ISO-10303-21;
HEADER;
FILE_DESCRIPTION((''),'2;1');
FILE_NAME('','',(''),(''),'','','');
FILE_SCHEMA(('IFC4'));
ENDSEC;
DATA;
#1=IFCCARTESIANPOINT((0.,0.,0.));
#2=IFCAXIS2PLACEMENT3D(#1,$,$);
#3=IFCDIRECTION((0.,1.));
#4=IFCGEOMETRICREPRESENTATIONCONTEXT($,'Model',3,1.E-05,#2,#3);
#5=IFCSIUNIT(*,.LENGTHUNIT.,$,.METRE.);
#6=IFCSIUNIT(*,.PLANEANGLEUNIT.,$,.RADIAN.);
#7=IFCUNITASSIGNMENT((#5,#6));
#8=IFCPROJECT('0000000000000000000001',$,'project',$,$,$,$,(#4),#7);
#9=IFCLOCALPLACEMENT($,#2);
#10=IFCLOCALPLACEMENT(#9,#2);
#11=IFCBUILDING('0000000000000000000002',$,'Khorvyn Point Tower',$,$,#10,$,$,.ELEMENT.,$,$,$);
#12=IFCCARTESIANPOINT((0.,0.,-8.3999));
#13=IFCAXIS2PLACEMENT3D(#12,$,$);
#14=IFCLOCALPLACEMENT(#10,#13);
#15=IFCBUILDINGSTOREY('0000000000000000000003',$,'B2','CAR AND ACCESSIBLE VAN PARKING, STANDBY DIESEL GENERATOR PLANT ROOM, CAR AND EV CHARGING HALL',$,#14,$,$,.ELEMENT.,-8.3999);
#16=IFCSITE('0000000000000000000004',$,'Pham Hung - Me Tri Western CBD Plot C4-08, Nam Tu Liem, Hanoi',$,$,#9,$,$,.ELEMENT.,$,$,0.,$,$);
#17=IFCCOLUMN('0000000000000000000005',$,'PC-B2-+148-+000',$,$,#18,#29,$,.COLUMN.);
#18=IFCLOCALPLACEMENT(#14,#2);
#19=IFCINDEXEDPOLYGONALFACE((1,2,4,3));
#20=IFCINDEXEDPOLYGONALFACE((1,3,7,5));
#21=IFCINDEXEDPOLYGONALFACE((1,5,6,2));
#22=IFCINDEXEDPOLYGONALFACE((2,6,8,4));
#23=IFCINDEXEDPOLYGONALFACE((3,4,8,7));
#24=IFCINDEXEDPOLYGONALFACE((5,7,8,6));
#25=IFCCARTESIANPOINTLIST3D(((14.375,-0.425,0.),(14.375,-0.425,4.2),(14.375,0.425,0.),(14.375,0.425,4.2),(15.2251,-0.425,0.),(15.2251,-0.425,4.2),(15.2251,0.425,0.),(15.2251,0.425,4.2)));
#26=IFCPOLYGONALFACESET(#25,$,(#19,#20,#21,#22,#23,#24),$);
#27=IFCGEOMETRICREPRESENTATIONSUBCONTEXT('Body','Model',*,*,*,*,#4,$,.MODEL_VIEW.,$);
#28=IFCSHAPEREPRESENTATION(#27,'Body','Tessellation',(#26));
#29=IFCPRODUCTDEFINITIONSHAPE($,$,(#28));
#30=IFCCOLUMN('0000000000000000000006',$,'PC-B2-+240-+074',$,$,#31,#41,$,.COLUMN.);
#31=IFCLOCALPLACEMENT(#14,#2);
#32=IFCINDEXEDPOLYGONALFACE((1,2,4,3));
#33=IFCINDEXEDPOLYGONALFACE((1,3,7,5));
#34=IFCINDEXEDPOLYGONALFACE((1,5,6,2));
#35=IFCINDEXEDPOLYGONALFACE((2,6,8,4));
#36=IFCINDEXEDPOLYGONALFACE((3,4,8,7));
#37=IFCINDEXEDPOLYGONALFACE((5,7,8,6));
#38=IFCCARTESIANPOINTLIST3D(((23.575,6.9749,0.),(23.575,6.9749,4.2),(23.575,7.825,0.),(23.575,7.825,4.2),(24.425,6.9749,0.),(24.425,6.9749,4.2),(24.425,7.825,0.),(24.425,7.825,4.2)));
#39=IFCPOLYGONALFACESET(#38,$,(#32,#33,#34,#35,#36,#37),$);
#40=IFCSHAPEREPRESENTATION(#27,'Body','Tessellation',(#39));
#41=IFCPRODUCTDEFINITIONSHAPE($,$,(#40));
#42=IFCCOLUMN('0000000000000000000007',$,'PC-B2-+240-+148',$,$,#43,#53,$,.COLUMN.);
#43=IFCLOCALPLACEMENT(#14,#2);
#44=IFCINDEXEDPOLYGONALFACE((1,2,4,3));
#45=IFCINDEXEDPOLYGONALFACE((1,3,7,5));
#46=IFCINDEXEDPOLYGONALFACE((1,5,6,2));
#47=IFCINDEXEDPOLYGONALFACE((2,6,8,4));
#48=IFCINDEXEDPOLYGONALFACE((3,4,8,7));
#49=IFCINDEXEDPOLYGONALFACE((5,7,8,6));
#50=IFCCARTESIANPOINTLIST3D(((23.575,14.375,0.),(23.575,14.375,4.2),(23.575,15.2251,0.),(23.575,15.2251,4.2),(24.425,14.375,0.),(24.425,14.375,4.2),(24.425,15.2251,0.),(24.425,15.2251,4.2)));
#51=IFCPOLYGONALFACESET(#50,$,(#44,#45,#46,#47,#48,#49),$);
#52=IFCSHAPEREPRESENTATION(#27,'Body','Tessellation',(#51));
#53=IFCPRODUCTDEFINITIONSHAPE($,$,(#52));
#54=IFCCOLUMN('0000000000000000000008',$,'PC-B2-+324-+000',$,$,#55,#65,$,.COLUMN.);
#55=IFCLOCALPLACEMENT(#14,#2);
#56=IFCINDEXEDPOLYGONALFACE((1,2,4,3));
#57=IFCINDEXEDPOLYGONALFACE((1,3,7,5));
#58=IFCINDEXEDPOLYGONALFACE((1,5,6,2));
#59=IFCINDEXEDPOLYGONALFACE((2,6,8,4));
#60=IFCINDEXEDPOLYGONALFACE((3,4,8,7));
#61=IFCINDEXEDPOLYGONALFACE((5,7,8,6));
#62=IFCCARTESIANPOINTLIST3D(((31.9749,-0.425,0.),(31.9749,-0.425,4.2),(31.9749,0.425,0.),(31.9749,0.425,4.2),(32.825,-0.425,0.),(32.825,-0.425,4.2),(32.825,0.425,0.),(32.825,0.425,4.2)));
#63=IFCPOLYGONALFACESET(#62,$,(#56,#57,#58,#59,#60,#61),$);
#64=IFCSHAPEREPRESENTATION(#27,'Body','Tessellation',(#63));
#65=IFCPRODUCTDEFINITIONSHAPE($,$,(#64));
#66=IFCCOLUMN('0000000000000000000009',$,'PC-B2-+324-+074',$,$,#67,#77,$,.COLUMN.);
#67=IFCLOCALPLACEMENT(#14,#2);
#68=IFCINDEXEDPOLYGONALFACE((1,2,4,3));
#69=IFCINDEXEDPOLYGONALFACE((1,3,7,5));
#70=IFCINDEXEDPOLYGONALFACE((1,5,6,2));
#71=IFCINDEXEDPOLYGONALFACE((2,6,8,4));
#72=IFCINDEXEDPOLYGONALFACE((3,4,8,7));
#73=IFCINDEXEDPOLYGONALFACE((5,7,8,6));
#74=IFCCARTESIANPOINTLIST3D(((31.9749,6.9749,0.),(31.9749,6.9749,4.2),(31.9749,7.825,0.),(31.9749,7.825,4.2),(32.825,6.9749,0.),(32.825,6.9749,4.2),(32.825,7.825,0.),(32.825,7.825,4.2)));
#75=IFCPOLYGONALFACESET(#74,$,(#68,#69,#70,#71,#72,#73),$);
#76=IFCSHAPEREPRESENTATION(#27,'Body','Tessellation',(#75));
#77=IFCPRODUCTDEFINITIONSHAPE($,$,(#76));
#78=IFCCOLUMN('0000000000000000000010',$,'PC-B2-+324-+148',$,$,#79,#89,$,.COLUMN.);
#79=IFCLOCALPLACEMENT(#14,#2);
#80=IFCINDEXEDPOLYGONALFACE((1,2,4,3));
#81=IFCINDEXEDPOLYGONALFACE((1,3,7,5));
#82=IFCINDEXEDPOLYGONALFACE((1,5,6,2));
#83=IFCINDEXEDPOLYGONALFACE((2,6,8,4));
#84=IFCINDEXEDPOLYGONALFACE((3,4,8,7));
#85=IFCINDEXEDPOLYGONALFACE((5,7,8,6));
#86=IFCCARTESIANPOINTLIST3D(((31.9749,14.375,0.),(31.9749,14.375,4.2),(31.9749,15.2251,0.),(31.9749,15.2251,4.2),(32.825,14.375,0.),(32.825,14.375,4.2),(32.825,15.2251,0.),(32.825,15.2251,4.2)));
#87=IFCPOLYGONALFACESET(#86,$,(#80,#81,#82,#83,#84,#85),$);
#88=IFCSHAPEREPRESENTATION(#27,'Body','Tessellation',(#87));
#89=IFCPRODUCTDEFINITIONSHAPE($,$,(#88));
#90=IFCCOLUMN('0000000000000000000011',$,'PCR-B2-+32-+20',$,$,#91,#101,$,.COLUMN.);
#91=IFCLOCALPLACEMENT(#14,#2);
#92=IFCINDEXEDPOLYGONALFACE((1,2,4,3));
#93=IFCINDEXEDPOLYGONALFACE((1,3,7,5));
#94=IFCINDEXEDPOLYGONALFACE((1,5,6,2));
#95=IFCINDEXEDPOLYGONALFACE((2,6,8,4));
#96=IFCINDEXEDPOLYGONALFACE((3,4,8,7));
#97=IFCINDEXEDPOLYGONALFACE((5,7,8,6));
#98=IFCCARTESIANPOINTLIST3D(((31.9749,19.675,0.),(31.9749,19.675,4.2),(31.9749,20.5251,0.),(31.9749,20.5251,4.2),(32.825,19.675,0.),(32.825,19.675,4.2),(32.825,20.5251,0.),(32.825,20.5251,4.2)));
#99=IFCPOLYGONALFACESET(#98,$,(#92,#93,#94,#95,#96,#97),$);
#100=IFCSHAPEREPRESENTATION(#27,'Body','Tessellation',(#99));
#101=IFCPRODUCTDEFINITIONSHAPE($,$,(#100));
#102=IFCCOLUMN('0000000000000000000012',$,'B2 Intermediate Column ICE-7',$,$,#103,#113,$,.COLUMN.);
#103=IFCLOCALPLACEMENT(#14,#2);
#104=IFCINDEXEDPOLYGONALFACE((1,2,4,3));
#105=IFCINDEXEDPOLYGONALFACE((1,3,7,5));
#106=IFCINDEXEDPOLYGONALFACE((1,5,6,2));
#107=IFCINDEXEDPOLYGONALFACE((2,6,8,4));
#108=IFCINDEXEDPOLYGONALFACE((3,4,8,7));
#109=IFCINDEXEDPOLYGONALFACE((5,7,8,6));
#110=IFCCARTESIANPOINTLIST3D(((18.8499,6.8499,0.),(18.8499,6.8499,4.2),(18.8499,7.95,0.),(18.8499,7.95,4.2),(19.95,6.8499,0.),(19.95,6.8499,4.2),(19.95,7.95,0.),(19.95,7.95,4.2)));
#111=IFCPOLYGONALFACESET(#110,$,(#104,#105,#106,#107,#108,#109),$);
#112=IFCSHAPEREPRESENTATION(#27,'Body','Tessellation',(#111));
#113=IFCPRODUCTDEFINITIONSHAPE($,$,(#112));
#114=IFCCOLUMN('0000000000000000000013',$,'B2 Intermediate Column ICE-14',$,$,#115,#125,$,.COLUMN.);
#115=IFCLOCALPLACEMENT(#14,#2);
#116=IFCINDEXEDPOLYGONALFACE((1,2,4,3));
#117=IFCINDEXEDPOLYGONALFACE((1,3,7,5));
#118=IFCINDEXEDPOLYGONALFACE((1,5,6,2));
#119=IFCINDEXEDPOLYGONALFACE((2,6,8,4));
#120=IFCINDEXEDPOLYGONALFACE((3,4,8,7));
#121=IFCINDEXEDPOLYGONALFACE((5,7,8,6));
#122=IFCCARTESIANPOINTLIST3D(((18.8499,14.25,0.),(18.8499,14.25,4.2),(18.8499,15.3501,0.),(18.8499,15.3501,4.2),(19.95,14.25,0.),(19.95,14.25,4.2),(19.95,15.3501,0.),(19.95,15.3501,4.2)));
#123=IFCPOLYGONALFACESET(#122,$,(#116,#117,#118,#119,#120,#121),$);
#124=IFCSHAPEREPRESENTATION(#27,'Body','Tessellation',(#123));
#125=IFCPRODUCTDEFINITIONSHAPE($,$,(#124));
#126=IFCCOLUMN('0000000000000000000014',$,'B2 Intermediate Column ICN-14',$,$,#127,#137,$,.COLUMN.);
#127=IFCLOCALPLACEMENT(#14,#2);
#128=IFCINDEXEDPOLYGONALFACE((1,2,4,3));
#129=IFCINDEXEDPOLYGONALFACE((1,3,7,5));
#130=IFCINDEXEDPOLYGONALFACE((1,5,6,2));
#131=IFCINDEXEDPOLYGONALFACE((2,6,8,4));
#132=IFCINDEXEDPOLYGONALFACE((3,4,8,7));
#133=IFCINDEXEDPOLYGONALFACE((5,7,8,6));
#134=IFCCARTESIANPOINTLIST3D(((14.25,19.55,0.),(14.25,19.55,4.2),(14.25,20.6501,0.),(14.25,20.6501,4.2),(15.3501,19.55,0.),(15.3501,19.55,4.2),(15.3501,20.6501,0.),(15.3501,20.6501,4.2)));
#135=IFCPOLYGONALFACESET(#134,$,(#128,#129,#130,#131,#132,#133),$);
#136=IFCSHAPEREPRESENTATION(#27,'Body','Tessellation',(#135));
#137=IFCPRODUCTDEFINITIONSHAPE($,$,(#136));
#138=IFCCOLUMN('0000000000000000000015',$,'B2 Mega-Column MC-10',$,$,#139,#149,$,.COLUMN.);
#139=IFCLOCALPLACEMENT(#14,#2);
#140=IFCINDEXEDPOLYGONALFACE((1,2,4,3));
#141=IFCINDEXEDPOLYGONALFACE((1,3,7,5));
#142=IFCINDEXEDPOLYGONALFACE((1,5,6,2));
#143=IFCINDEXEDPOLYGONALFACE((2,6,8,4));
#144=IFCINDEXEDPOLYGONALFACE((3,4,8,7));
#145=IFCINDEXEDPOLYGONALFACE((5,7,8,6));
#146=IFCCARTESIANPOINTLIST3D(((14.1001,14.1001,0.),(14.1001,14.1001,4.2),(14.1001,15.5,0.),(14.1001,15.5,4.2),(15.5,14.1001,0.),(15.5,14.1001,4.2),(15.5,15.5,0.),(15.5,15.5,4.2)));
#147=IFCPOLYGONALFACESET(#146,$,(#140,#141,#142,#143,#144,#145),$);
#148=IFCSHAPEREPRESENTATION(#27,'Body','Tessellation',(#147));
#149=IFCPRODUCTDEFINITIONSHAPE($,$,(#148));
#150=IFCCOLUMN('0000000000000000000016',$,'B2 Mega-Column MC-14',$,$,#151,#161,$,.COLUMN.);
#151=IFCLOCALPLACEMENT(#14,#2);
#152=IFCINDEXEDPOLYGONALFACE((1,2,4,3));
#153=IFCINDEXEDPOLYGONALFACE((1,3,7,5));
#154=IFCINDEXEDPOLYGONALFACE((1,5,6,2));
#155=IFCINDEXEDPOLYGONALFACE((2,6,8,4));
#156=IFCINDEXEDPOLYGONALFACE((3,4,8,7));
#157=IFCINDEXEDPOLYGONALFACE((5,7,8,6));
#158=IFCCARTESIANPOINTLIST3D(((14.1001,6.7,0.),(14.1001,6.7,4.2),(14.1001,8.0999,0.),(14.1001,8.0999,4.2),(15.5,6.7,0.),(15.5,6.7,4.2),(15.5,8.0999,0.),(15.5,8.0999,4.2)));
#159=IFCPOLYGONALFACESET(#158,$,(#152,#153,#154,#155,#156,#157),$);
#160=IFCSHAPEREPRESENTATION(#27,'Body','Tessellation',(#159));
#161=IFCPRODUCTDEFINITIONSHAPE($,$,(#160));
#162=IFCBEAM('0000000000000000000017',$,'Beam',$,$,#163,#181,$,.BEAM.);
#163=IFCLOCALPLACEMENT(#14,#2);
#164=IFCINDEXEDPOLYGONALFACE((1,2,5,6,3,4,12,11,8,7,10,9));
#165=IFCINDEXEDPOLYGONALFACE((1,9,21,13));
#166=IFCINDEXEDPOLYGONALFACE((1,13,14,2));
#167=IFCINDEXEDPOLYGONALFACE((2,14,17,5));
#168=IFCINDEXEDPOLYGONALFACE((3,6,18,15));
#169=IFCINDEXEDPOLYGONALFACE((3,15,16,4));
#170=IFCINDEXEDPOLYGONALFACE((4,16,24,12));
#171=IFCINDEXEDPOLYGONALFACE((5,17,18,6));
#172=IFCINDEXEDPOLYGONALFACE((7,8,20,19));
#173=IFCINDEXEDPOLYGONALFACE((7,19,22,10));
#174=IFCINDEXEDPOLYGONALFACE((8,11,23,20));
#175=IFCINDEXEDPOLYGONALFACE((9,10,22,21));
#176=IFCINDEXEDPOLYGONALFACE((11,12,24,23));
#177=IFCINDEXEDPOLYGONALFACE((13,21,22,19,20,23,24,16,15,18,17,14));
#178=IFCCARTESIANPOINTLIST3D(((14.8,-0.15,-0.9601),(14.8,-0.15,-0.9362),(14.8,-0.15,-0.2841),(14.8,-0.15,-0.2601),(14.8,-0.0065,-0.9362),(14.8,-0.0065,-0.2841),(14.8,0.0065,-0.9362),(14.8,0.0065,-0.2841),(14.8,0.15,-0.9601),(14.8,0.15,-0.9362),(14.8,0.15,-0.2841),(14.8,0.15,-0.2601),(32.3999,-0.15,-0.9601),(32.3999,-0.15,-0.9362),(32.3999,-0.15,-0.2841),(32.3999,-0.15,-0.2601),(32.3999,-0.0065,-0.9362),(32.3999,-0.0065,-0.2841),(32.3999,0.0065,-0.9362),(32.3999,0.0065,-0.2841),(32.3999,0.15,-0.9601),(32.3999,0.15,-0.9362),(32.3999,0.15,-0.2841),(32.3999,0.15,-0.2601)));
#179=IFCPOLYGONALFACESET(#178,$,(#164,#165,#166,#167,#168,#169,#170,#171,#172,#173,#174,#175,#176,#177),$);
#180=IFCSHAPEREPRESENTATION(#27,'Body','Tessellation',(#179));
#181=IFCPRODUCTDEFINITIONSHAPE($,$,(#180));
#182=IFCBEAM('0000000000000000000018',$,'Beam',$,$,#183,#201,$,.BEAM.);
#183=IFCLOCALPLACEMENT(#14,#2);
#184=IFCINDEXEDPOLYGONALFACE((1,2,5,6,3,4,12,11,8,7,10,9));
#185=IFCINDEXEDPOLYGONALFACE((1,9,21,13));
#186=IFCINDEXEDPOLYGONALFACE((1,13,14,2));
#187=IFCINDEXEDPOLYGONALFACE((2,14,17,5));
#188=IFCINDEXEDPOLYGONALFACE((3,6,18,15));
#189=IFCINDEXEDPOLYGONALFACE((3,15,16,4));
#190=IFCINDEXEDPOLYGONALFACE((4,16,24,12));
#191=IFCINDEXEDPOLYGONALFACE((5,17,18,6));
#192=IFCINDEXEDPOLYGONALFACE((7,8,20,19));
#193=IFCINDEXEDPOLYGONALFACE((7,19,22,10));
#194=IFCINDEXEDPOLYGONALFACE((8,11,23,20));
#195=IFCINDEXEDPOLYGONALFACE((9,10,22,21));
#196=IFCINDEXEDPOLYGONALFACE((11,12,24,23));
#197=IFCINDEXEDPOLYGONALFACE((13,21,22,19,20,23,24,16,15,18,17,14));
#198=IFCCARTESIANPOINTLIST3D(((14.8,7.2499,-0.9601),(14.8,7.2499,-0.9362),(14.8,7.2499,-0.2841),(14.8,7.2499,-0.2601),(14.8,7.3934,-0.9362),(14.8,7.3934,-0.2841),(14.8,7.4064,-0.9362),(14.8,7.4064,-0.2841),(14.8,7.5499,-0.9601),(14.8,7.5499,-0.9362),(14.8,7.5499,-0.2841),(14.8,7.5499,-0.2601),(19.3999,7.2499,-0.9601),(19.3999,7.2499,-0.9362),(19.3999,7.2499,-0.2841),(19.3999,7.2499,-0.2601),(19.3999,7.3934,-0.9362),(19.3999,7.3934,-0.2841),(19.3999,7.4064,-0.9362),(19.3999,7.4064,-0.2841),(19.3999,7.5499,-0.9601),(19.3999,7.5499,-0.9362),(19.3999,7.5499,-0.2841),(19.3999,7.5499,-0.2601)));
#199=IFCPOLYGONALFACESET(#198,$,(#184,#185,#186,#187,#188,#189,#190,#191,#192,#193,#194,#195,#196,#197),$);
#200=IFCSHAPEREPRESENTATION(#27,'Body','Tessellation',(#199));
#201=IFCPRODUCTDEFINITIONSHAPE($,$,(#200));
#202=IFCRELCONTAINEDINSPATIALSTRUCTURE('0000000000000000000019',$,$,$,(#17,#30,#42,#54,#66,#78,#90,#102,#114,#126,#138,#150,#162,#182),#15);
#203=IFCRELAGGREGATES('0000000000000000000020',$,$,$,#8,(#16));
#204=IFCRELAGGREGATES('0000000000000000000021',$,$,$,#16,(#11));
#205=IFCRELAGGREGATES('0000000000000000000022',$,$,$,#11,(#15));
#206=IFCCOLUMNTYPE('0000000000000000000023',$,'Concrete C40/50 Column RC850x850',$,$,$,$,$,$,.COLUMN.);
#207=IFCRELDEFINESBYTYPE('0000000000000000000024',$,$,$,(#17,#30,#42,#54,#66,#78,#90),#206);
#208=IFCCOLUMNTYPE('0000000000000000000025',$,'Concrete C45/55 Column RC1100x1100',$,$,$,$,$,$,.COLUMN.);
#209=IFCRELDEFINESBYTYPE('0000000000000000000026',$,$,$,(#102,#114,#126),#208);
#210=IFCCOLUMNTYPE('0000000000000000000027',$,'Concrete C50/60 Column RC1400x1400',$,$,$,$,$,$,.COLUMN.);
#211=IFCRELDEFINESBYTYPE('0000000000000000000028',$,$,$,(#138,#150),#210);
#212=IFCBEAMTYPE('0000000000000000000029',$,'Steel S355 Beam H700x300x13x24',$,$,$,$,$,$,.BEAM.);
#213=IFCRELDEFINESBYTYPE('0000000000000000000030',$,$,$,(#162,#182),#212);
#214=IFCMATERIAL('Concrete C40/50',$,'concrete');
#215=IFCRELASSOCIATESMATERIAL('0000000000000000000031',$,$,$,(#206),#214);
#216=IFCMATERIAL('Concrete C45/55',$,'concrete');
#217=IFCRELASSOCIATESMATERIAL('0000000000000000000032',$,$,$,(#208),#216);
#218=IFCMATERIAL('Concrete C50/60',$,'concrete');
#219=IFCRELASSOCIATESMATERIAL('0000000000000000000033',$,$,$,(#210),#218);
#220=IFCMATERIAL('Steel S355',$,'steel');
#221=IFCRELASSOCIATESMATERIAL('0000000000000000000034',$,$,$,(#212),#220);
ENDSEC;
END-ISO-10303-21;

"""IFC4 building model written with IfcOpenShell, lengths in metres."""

from ifc_helpers import new_model, si_unit, direction, frame, origin, origin_2d, place, context, subcontext, project, spatial, rectangle, i_section, extrude, material, material_profile, profile_set, type_object, element, save


model = new_model("IFC4")

# Units and contexts
model_context = context("Model", 3, precision=1e-05, world=origin(), true_north=direction((0.0, 1.0)))
body_context = subcontext(model_context, "Body", "Model", "MODEL_VIEW")
ifc_project = project(units=[si_unit("LENGTHUNIT", "METRE"), si_unit("PLANEANGLEUNIT", "RADIAN")], contexts=[model_context])

# Site, building, storey
site_placement = place(None, origin())
site = spatial("IfcSite", under=ifc_project, at=site_placement, Name="Pham Hung - Me Tri Western CBD Plot C4-08, Nam Tu Liem, Hanoi", CompositionType="ELEMENT", RefElevation=0.0)
building_placement = place(site_placement, origin())
building = spatial("IfcBuilding", under=site, at=building_placement, Name="Khorvyn Point Tower", CompositionType="ELEMENT")
storey_placement = place(building_placement, frame((0.0, 0.0, -8.3999)))
storey = spatial("IfcBuildingStorey", under=building, at=storey_placement, Name="B2", Description="CAR AND ACCESSIBLE VAN PARKING, STANDBY DIESEL GENERATOR PLANT ROOM, CAR AND EV CHARGING HALL", CompositionType="ELEMENT", Elevation=-8.3999)

# Columns
ifc_material_1 = material(Name="Concrete C40/50", Category="concrete")
ifc_material_profile_1 = material_profile(ifc_material_1, rectangle(XDim=0.8501, YDim=0.8501, at=origin_2d()))
ifc_profile_set_1 = profile_set([ifc_material_profile_1], Name="Concrete C40/50 RC850x850")
column_type_1 = type_object("IfcColumnType", Name="Concrete C40/50 Column RC850x850", PredefinedType="COLUMN", material=ifc_profile_set_1)
for number, where, z_axis, x_axis, name in (
    (1, (14.8, 0.0, 0.0), (0.0, 0.0, 1.0), (1.0, 0.0, 0.0), "PC-B2-+148-+000"),
    (2, (24.0, 7.3999, 0.0), (0.0, 0.0, 1.0), (1.0, 0.0, 0.0), "PC-B2-+240-+074"),
    (3, (24.0, 14.8, 0.0), (0.0, 0.0, 1.0), (1.0, 0.0, 0.0), "PC-B2-+240-+148"),
    (4, (32.3999, 0.0, 0.0), (0.0, 0.0, 1.0), (1.0, 0.0, 0.0), "PC-B2-+324-+000"),
    (5, (32.3999, 7.3999, 0.0), (0.0, 0.0, 1.0), (1.0, 0.0, 0.0), "PC-B2-+324-+074"),
    (6, (32.3999, 14.8, 0.0), (0.0, 0.0, 1.0), (1.0, 0.0, 0.0), "PC-B2-+324-+148"),
    (7, (32.3999, 20.1001, 0.0), (0.0, 0.0, 1.0), (1.0, 0.0, 0.0), "PCR-B2-+32-+20"),
):
    element("IfcColumn", number, at=place(storey_placement, frame(where, z_axis=z_axis, x_axis=x_axis)), inside=storey, type_object=column_type_1, Name=name, PredefinedType="COLUMN", context=body_context, shape_type="SweptSolid", body=[
        extrude(rectangle(XDim=0.8501, YDim=0.8501, at=origin_2d()), origin(), (0.0, 0.0, 1.0), 4.2),
    ])
ifc_material_2 = material(Name="Concrete C45/55", Category="concrete")
ifc_material_profile_2 = material_profile(ifc_material_2, rectangle(XDim=1.1001, YDim=1.1001, at=origin_2d()))
ifc_profile_set_2 = profile_set([ifc_material_profile_2], Name="Concrete C45/55 RC1100x1100")
column_type_2 = type_object("IfcColumnType", Name="Concrete C45/55 Column RC1100x1100", PredefinedType="COLUMN", material=ifc_profile_set_2)
for number, where, z_axis, x_axis, name in (
    (8, (19.3999, 7.3999, 0.0), (0.0, 0.0, 1.0), (1.0, 0.0, 0.0), "B2 Intermediate Column ICE-7"),
    (9, (19.3999, 14.8, 0.0), (0.0, 0.0, 1.0), (1.0, 0.0, 0.0), "B2 Intermediate Column ICE-14"),
    (10, (14.8, 20.1001, 0.0), (0.0, 0.0, 1.0), (1.0, 0.0, 0.0), "B2 Intermediate Column ICN-14"),
):
    element("IfcColumn", number, at=place(storey_placement, frame(where, z_axis=z_axis, x_axis=x_axis)), inside=storey, type_object=column_type_2, Name=name, PredefinedType="COLUMN", context=body_context, shape_type="SweptSolid", body=[
        extrude(rectangle(XDim=1.1001, YDim=1.1001, at=origin_2d()), origin(), (0.0, 0.0, 1.0), 4.2),
    ])
ifc_material_3 = material(Name="Concrete C50/60", Category="concrete")
ifc_material_profile_3 = material_profile(ifc_material_3, rectangle(XDim=1.3999, YDim=1.3999, at=origin_2d()))
ifc_profile_set_3 = profile_set([ifc_material_profile_3], Name="Concrete C50/60 RC1400x1400")
column_type_3 = type_object("IfcColumnType", Name="Concrete C50/60 Column RC1400x1400", PredefinedType="COLUMN", material=ifc_profile_set_3)
for number, where, z_axis, x_axis, name in (
    (11, (14.8, 14.8, 0.0), (0.0, 0.0, 1.0), (1.0, 0.0, 0.0), "B2 Mega-Column MC-10"),
    (12, (14.8, 7.3999, 0.0), (0.0, 0.0, 1.0), (1.0, 0.0, 0.0), "B2 Mega-Column MC-14"),
):
    element("IfcColumn", number, at=place(storey_placement, frame(where, z_axis=z_axis, x_axis=x_axis)), inside=storey, type_object=column_type_3, Name=name, PredefinedType="COLUMN", context=body_context, shape_type="SweptSolid", body=[
        extrude(rectangle(XDim=1.3999, YDim=1.3999, at=origin_2d()), origin(), (0.0, 0.0, 1.0), 4.2),
    ])

# Beams
ifc_material_4 = material(Name="Steel S355", Category="steel")
ifc_material_profile_4 = material_profile(ifc_material_4, i_section(OverallWidth=0.3, OverallDepth=0.7, WebThickness=0.0129, FlangeThickness=0.0239, at=origin_2d()))
ifc_profile_set_4 = profile_set([ifc_material_profile_4], Name="Steel S355 H700x300x13x24")
beam_type_1 = type_object("IfcBeamType", Name="Steel S355 Beam H700x300x13x24", PredefinedType="BEAM", material=ifc_profile_set_4)
beam_1_placement = place(storey_placement, frame((14.8, 0.0, -0.6101), z_axis=(1.0, 0.0, 0.0), x_axis=(0.0, 1.0, 0.0)))
element("IfcBeam", 13, at=beam_1_placement, inside=storey, type_object=beam_type_1, Name="Beam", PredefinedType="BEAM", context=body_context, shape_type="SweptSolid", body=[
    extrude(i_section(OverallWidth=0.3, OverallDepth=0.7, WebThickness=0.0129, FlangeThickness=0.0239, at=origin_2d()), origin(), (0.0, 0.0, 1.0), 17.5999),
])
beam_2_placement = place(storey_placement, frame((14.8, 7.3999, -0.6101), z_axis=(1.0, 0.0, 0.0), x_axis=(0.0, 1.0, 0.0)))
element("IfcBeam", 14, at=beam_2_placement, inside=storey, type_object=beam_type_1, Name="Beam", PredefinedType="BEAM", context=body_context, shape_type="SweptSolid", body=[
    extrude(i_section(OverallWidth=0.3, OverallDepth=0.7, WebThickness=0.0129, FlangeThickness=0.0239, at=origin_2d()), origin(), (0.0, 0.0, 1.0), 4.5999),
])

save(model, "model.ifc")
